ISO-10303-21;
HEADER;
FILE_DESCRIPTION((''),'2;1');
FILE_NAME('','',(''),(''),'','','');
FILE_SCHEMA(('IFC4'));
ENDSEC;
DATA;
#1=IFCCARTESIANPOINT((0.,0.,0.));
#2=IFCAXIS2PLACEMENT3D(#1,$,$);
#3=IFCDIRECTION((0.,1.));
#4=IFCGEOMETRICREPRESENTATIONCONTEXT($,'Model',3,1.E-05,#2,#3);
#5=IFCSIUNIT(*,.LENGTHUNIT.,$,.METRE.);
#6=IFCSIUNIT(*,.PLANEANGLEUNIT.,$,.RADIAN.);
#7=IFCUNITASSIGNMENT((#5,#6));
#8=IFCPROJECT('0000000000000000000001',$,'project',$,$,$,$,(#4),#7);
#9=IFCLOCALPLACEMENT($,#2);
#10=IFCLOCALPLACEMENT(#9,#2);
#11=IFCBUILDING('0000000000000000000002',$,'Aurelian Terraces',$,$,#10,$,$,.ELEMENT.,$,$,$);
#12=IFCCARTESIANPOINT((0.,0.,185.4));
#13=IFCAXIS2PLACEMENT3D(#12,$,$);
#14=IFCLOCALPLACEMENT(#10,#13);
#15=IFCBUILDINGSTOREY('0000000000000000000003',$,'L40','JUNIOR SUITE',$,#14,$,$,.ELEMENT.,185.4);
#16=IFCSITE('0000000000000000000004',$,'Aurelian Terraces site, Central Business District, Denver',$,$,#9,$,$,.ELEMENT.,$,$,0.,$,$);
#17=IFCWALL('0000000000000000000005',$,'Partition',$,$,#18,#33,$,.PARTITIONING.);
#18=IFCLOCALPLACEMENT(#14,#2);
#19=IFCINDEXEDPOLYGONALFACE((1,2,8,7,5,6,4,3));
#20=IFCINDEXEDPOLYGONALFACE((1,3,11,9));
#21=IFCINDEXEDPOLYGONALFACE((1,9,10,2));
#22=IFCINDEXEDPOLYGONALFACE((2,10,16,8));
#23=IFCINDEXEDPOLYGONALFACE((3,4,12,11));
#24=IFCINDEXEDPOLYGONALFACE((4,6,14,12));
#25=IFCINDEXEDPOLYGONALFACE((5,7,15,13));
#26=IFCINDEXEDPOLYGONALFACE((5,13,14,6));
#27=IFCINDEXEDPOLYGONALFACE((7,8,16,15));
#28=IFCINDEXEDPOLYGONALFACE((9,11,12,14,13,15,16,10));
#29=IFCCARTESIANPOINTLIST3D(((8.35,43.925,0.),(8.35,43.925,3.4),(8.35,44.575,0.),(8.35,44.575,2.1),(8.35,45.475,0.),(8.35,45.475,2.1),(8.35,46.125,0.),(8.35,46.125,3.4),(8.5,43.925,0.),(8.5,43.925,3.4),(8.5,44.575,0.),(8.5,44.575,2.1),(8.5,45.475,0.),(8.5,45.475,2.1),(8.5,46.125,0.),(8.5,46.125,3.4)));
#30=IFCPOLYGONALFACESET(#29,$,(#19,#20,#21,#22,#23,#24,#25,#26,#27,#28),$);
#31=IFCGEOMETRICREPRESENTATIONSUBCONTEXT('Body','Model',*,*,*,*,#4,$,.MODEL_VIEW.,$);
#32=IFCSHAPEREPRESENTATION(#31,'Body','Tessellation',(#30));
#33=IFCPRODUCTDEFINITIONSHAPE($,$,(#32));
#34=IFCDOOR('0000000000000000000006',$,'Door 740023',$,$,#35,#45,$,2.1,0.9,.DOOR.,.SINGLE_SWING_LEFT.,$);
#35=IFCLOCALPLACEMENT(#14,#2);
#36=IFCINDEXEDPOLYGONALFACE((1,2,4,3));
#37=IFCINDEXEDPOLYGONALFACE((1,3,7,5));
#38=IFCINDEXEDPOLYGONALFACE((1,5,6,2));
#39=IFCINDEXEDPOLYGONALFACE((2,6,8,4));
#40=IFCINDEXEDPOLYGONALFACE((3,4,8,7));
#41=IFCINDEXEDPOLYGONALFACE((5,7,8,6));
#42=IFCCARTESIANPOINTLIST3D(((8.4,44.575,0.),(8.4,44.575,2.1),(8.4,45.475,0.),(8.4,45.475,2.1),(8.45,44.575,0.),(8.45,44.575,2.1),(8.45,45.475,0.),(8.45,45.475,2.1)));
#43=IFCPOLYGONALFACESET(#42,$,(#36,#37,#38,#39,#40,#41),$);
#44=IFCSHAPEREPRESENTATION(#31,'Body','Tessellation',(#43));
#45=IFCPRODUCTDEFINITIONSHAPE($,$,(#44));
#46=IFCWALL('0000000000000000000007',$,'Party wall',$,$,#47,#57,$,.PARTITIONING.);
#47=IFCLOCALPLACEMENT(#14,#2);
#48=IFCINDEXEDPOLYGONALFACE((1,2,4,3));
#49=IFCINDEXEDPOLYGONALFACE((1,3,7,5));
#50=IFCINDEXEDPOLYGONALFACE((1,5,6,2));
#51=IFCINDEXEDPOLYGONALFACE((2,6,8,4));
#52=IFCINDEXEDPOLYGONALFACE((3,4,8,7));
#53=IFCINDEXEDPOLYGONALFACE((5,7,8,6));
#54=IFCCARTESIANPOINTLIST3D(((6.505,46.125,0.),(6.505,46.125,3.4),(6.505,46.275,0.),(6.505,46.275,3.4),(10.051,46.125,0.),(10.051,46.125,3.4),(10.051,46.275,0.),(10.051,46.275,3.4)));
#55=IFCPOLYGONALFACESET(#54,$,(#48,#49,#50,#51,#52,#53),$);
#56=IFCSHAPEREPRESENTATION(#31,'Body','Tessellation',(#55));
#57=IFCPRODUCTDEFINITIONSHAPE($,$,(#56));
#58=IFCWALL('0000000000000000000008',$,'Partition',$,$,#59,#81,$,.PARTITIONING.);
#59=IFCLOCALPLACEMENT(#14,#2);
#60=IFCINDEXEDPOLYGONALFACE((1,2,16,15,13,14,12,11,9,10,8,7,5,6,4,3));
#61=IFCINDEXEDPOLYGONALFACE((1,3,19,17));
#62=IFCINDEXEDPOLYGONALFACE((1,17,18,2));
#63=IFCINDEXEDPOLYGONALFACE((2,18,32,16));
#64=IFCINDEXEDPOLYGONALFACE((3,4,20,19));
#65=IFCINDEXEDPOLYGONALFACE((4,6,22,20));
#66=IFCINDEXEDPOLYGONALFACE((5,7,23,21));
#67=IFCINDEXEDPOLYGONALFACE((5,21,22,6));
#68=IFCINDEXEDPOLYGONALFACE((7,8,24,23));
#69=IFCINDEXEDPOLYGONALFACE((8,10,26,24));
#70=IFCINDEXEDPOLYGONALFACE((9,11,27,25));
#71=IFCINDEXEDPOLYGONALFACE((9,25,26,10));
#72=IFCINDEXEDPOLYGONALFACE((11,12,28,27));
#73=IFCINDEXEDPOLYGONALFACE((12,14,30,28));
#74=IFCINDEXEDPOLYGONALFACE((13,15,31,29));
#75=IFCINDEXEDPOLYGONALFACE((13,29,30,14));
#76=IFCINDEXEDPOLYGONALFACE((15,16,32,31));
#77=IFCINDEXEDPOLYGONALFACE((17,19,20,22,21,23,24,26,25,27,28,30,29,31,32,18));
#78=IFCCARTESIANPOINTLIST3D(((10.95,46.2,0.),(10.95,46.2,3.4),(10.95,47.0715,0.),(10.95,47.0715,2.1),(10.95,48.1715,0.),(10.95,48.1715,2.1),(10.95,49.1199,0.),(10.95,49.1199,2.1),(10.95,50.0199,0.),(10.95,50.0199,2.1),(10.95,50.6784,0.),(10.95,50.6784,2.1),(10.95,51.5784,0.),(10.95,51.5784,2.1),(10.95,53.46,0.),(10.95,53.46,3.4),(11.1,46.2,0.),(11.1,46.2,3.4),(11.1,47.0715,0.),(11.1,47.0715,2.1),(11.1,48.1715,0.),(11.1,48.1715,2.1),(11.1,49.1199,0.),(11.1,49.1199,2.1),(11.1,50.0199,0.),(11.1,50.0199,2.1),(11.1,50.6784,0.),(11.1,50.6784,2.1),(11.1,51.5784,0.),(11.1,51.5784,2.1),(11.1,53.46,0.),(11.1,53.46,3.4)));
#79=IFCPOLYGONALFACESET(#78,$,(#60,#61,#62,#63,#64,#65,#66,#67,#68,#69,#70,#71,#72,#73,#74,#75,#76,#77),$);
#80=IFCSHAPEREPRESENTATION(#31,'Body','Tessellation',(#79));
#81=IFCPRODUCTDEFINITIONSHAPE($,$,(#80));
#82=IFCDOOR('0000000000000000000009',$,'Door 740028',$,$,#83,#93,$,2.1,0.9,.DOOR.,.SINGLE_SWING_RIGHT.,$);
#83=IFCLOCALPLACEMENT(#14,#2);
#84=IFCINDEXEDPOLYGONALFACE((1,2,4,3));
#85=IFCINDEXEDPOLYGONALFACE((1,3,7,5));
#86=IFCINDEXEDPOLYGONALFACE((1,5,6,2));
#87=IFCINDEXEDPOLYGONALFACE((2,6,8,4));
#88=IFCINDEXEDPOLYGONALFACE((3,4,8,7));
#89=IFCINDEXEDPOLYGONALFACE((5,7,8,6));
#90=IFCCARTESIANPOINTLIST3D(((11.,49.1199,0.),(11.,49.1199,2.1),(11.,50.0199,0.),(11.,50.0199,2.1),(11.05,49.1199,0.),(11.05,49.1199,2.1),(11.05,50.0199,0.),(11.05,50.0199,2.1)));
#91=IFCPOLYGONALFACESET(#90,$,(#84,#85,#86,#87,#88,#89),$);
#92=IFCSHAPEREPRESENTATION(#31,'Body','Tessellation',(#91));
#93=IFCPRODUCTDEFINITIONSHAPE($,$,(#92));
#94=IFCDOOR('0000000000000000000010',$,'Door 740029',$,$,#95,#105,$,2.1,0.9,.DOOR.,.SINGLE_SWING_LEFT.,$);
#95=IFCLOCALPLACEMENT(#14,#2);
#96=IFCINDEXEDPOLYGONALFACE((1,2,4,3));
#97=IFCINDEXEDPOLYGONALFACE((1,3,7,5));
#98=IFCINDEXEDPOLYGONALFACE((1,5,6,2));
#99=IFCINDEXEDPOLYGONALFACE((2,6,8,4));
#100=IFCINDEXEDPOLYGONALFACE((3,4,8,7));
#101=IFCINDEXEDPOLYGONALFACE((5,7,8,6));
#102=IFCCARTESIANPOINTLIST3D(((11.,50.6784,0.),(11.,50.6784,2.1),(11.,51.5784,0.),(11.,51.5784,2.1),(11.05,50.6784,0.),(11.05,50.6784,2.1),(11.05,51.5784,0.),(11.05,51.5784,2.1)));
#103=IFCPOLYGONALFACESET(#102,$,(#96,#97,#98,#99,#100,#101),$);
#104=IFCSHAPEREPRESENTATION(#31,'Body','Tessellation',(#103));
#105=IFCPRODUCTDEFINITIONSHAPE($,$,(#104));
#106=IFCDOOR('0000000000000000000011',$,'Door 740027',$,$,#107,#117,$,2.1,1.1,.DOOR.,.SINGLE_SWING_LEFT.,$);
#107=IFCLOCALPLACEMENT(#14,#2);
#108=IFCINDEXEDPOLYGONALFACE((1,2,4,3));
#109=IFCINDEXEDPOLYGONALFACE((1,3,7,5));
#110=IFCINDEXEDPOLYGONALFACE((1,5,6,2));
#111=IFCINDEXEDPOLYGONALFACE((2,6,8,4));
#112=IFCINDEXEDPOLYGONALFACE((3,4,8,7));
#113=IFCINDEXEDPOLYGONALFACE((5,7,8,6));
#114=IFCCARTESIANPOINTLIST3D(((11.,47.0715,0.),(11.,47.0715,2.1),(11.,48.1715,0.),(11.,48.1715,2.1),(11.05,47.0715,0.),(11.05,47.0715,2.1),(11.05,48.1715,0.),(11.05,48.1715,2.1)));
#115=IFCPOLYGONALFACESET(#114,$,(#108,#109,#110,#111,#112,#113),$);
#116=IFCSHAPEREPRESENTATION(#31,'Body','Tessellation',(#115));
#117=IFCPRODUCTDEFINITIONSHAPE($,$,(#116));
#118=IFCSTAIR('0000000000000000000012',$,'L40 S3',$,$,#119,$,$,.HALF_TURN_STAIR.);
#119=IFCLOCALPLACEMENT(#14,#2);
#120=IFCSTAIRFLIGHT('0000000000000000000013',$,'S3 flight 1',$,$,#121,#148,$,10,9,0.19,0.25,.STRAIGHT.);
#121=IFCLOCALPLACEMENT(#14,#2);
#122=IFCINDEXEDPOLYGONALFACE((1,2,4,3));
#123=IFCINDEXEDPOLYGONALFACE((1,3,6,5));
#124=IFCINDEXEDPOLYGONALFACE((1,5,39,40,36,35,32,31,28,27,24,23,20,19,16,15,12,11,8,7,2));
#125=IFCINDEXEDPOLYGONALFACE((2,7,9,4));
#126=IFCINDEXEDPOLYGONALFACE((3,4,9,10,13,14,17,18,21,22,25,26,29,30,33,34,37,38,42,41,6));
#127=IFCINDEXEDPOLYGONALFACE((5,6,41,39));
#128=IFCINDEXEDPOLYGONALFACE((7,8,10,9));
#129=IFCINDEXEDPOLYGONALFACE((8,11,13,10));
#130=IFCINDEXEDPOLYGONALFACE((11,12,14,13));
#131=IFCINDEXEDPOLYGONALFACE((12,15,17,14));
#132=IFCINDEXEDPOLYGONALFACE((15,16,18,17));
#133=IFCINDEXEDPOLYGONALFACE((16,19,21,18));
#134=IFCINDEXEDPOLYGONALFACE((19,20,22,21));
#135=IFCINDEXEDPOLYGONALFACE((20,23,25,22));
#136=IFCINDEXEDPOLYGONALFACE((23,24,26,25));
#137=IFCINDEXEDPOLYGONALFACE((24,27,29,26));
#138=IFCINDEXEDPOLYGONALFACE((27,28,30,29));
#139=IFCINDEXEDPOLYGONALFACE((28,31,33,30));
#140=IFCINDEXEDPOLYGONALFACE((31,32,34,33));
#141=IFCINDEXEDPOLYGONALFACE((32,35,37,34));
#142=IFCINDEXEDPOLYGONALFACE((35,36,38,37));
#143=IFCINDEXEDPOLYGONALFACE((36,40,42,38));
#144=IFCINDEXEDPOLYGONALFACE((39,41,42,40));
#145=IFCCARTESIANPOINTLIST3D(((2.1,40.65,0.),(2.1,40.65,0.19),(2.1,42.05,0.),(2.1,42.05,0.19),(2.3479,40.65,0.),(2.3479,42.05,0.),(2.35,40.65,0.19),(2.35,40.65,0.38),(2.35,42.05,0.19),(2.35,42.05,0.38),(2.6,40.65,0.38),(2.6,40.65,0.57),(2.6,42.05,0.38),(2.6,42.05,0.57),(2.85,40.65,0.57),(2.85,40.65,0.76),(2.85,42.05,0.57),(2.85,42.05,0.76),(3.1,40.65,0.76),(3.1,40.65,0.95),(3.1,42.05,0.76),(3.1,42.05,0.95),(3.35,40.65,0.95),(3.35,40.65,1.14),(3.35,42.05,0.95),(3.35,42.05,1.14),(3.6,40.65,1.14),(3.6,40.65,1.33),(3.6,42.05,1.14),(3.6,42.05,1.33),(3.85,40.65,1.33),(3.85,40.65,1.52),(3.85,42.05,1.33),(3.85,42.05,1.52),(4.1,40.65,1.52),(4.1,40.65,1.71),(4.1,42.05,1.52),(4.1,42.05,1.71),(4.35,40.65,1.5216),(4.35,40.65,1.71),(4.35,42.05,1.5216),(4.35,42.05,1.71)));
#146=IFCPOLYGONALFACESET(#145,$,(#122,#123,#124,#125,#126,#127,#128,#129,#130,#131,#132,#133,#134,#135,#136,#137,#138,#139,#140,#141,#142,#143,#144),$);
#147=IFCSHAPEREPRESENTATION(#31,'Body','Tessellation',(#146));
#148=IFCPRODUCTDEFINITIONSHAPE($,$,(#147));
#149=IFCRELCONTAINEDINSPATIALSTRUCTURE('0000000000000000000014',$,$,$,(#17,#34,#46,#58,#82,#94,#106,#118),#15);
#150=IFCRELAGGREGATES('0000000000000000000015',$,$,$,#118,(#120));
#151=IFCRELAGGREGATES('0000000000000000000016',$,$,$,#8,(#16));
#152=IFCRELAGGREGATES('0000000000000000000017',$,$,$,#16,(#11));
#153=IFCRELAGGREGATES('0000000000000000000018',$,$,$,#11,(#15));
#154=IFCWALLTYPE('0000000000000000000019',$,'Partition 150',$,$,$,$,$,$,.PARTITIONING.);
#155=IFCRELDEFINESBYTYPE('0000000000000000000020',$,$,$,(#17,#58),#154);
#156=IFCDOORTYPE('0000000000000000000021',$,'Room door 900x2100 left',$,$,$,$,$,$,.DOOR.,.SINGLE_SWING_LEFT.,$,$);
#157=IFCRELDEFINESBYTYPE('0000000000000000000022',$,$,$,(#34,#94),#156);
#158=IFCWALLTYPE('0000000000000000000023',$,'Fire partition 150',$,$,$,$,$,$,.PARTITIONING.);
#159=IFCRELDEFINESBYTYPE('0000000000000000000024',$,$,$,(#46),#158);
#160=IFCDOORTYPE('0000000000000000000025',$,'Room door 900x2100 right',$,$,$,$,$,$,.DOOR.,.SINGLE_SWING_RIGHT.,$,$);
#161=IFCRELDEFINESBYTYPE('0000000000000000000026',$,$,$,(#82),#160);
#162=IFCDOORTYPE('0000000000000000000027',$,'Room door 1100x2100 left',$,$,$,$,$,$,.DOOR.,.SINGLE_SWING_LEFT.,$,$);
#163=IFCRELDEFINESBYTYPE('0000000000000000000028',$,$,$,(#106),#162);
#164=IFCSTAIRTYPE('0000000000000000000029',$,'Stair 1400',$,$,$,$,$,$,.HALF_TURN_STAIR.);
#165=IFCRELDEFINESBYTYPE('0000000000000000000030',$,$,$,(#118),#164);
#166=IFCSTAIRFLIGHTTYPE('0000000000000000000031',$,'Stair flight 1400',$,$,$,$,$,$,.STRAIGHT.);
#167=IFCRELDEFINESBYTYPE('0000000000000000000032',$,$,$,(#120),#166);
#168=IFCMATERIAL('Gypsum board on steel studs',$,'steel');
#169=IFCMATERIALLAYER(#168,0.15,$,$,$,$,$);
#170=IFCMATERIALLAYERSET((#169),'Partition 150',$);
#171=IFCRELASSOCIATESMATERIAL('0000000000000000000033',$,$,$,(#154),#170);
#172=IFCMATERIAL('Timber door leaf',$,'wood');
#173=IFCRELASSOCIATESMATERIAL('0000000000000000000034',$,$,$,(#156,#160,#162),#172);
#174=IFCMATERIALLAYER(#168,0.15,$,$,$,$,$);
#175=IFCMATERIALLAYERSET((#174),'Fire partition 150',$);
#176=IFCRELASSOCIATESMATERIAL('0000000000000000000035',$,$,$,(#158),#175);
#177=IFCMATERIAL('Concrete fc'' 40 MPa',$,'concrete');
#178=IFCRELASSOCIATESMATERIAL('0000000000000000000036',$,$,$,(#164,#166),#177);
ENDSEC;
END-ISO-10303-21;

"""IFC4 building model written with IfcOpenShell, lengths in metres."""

from ifc_helpers import new_model, si_unit, direction, frame, frame_2d, origin, place, context, subcontext, project, spatial, polyline, rectangle, outline, extrude, source, transform, mapped, material, layer, layer_set, type_object, element, fill, aggregate, save


model = new_model("IFC4")

# Units and contexts
model_context = context("Model", 3, precision=1e-05, world=origin(), true_north=direction((0.0, 1.0)))
body_context = subcontext(model_context, "Body", "Model", "MODEL_VIEW")
ifc_project = project(units=[si_unit("LENGTHUNIT", "METRE"), si_unit("PLANEANGLEUNIT", "RADIAN")], contexts=[model_context])

# Site, building, storey
site_placement = place(None, origin())
site = spatial("IfcSite", under=ifc_project, at=site_placement, Name="Aurelian Terraces site, Central Business District, Denver", CompositionType="ELEMENT", RefElevation=0.0)
building_placement = place(site_placement, origin())
building = spatial("IfcBuilding", under=site, at=building_placement, Name="Aurelian Terraces", CompositionType="ELEMENT")
storey_placement = place(building_placement, frame((0.0, 0.0, 185.4)))
storey = spatial("IfcBuildingStorey", under=building, at=storey_placement, Name="L40", Description="JUNIOR SUITE", CompositionType="ELEMENT", Elevation=185.4)

# Shared definitions
ifc_material_1 = material(Name="Concrete fc' 40 MPa", Category="concrete")

# Shared definitions
ifc_material_2 = material(Name="Gypsum board on steel studs", Category="steel")
ifc_layer_1 = layer(ifc_material_2, 0.15)
ifc_layer_set_1 = layer_set([ifc_layer_1], Name="Partition 150")
wall_type_1 = type_object("IfcWallType", Name="Partition 150", PredefinedType="PARTITIONING", material=ifc_layer_set_1)

# Wall, opening, door
shared_shape_1 = source(origin(), body_context, "Body", "SweptSolid", [
    extrude(rectangle(XDim=2.2, YDim=0.15, at=frame_2d((1.1, 0.0))), origin(), (0.0, 0.0, 1.0), 3.4),
])
wall_1_placement = place(storey_placement, frame((8.425, 43.925, 0.0), z_axis=(0.0, 0.0, 1.0), x_axis=(0.0, 1.0, 0.0)))
wall_1 = element("IfcWall", 1, at=wall_1_placement, inside=storey, type_object=wall_type_1, Name="Partition", PredefinedType="PARTITIONING", context=body_context, shape_type="MappedRepresentation", body=[
    mapped(shared_shape_1, transform((0.0, 0.0, 0.0), scale=1.0)),
])
shared_shape_2 = source(origin(), body_context, "Body", "SweptSolid", [
    extrude(rectangle(XDim=0.9, YDim=2.1, at=frame_2d((0.45, 1.05))), frame((0.0, 0.085, 0.0), z_axis=(0.0, -1.0, 0.0), x_axis=(1.0, 0.0, 0.0)), (0.0, 0.0, 1.0), 0.17),
])
opening_1_placement = place(wall_1_placement, frame((0.65, 0.0, 0.0)))
opening_1 = element("IfcOpeningElement", 2, at=opening_1_placement, cuts=wall_1, PredefinedType="OPENING", context=body_context, shape_type="MappedRepresentation", body=[
    mapped(shared_shape_2, transform((0.0, 0.0, 0.0), scale=1.0)),
])
ifc_material_3 = material(Name="Timber door leaf", Category="wood")
door_type_1 = type_object("IfcDoorType", Name="Room door 900x2100 left", OperationType="SINGLE_SWING_LEFT", PredefinedType="DOOR", material=ifc_material_3)
shared_shape_3 = source(origin(), body_context, "Body", "SweptSolid", [
    extrude(rectangle(XDim=0.9, YDim=2.1, at=frame_2d((0.45, 1.05))), frame((0.0, 0.025, 0.0), z_axis=(0.0, -1.0, 0.0), x_axis=(1.0, 0.0, 0.0)), (0.0, 0.0, 1.0), 0.05),
])
door_1_placement = place(opening_1_placement, origin())
door_1 = element("IfcDoor", 3, at=door_1_placement, inside=storey, type_object=door_type_1, Name="Door 740023", OperationType="SINGLE_SWING_LEFT", OverallHeight=2.1, OverallWidth=0.9, PredefinedType="DOOR", context=body_context, shape_type="MappedRepresentation", body=[
    mapped(shared_shape_3, transform((0.0, 0.0, 0.0), scale=1.0)),
])
fill(opening_1, door_1)

# Wall
ifc_layer_2 = layer(ifc_material_2, 0.15)
ifc_layer_set_2 = layer_set([ifc_layer_2], Name="Fire partition 150")
wall_type_2 = type_object("IfcWallType", Name="Fire partition 150", PredefinedType="PARTITIONING", material=ifc_layer_set_2)
shared_shape_4 = source(origin(), body_context, "Body", "SweptSolid", [
    extrude(rectangle(XDim=3.546, YDim=0.15, at=frame_2d((1.773, 0.0))), origin(), (0.0, 0.0, 1.0), 3.4),
])
wall_2_placement = place(storey_placement, frame((10.051, 46.2, 0.0), z_axis=(0.0, 0.0, 1.0), x_axis=(-1.0, 0.0, 0.0)))
element("IfcWall", 4, at=wall_2_placement, inside=storey, type_object=wall_type_2, Name="Party wall", PredefinedType="PARTITIONING", context=body_context, shape_type="MappedRepresentation", body=[
    mapped(shared_shape_4, transform((0.0, 0.0, 0.0), scale=1.0)),
])

# Wall, openings, doors
shared_shape_5 = source(origin(), body_context, "Body", "SweptSolid", [
    extrude(rectangle(XDim=7.26, YDim=0.15, at=frame_2d((3.63, 0.0))), origin(), (0.0, 0.0, 1.0), 3.4),
])
wall_3_placement = place(storey_placement, frame((11.025, 46.2, 0.0), z_axis=(0.0, 0.0, 1.0), x_axis=(0.0, 1.0, 0.0)))
wall_3 = element("IfcWall", 5, at=wall_3_placement, inside=storey, type_object=wall_type_1, Name="Partition", PredefinedType="PARTITIONING", context=body_context, shape_type="MappedRepresentation", body=[
    mapped(shared_shape_5, transform((0.0, 0.0, 0.0), scale=1.0)),
])
shared_shape_6 = source(origin(), body_context, "Body", "SweptSolid", [
    extrude(rectangle(XDim=1.1, YDim=2.1, at=frame_2d((0.55, 1.05))), frame((0.0, 0.085, 0.0), z_axis=(0.0, -1.0, 0.0), x_axis=(1.0, 0.0, 0.0)), (0.0, 0.0, 1.0), 0.17),
])
opening_2_placement = place(wall_3_placement, frame((0.8715, 0.0, 0.0)))
opening_2 = element("IfcOpeningElement", 6, at=opening_2_placement, cuts=wall_3, PredefinedType="OPENING", context=body_context, shape_type="MappedRepresentation", body=[
    mapped(shared_shape_6, transform((0.0, 0.0, 0.0), scale=1.0)),
])
opening_3_placement = place(wall_3_placement, frame((2.9199, 0.0, 0.0)))
opening_3 = element("IfcOpeningElement", 7, at=opening_3_placement, cuts=wall_3, PredefinedType="OPENING", context=body_context, shape_type="MappedRepresentation", body=[
    mapped(shared_shape_2, transform((0.0, 0.0, 0.0), scale=1.0)),
])
opening_4_placement = place(wall_3_placement, frame((4.4784, 0.0, 0.0)))
opening_4 = element("IfcOpeningElement", 8, at=opening_4_placement, cuts=wall_3, PredefinedType="OPENING", context=body_context, shape_type="MappedRepresentation", body=[
    mapped(shared_shape_2, transform((0.0, 0.0, 0.0), scale=1.0)),
])
door_type_2 = type_object("IfcDoorType", Name="Room door 900x2100 right", OperationType="SINGLE_SWING_RIGHT", PredefinedType="DOOR", material=ifc_material_3)
door_2_placement = place(opening_3_placement, origin())
door_2 = element("IfcDoor", 9, at=door_2_placement, inside=storey, type_object=door_type_2, Name="Door 740028", OperationType="SINGLE_SWING_RIGHT", OverallHeight=2.1, OverallWidth=0.9, PredefinedType="DOOR", context=body_context, shape_type="MappedRepresentation", body=[
    mapped(shared_shape_3, transform((0.0, 0.0, 0.0), scale=1.0)),
])
fill(opening_3, door_2)
door_3_placement = place(opening_4_placement, origin())
door_3 = element("IfcDoor", 10, at=door_3_placement, inside=storey, type_object=door_type_1, Name="Door 740029", OperationType="SINGLE_SWING_LEFT", OverallHeight=2.1, OverallWidth=0.9, PredefinedType="DOOR", context=body_context, shape_type="MappedRepresentation", body=[
    mapped(shared_shape_3, transform((0.0, 0.0, 0.0), scale=1.0)),
])
fill(opening_4, door_3)
door_type_3 = type_object("IfcDoorType", Name="Room door 1100x2100 left", OperationType="SINGLE_SWING_LEFT", PredefinedType="DOOR", material=ifc_material_3)
shared_shape_7 = source(origin(), body_context, "Body", "SweptSolid", [
    extrude(rectangle(XDim=1.1, YDim=2.1, at=frame_2d((0.55, 1.05))), frame((0.0, 0.025, 0.0), z_axis=(0.0, -1.0, 0.0), x_axis=(1.0, 0.0, 0.0)), (0.0, 0.0, 1.0), 0.05),
])
door_4_placement = place(opening_2_placement, origin())
door_4 = element("IfcDoor", 11, at=door_4_placement, inside=storey, type_object=door_type_3, Name="Door 740027", OperationType="SINGLE_SWING_LEFT", OverallHeight=2.1, OverallWidth=1.1, PredefinedType="DOOR", context=body_context, shape_type="MappedRepresentation", body=[
    mapped(shared_shape_7, transform((0.0, 0.0, 0.0), scale=1.0)),
])
fill(opening_2, door_4)

# Stair, stair flight
stair_type = type_object("IfcStairType", Name="Stair 1400", PredefinedType="HALF_TURN_STAIR", material=ifc_material_1)
stair_placement = place(storey_placement, origin())
stair = element("IfcStair", 12, at=stair_placement, inside=storey, type_object=stair_type, Name="L40 S3", PredefinedType="HALF_TURN_STAIR")
stair_flight_type = type_object("IfcStairFlightType", Name="Stair flight 1400", PredefinedType="STRAIGHT", material=ifc_material_1)
shared_shape_8 = source(origin(), body_context, "Body", "SweptSolid", [
    extrude(outline(polyline([(0.0, 0.0), (0.0, 0.19), (0.25, 0.19), (0.25, 0.38), (0.5, 0.38), (0.5, 0.57), (0.75, 0.57), (0.75, 0.76), (1.0, 0.76), (1.0, 0.95), (1.25, 0.95), (1.25, 1.14), (1.5, 1.14), (1.5, 1.33), (1.75, 1.33), (1.75, 1.52), (2.0, 1.52), (2.0, 1.71), (2.25, 1.71), (2.25, 1.9), (2.25, 1.5216), (0.2479, 0.0), (0.0, 0.0)])), frame((0.0, 0.7, 0.0), z_axis=(0.0, -1.0, 0.0), x_axis=(1.0, 0.0, 0.0)), (0.0, 0.0, 1.0), 1.4),
])
stair_flight_1_placement = place(storey_placement, frame((2.1, 41.35, 0.0), z_axis=(0.0, 0.0, 1.0), x_axis=(1.0, 0.0, 0.0)))
stair_flight_1 = element("IfcStairFlight", 13, at=stair_flight_1_placement, type_object=stair_flight_type, Name="S3 flight 1", NumberOfRisers=10, NumberOfTreads=9, PredefinedType="STRAIGHT", RiserHeight=0.19, TreadLength=0.25, context=body_context, shape_type="MappedRepresentation", body=[
    mapped(shared_shape_8, transform((0.0, 0.0, 0.0), scale=1.0)),
])
aggregate(stair, [stair_flight_1])

save(model, "model.ifc")
